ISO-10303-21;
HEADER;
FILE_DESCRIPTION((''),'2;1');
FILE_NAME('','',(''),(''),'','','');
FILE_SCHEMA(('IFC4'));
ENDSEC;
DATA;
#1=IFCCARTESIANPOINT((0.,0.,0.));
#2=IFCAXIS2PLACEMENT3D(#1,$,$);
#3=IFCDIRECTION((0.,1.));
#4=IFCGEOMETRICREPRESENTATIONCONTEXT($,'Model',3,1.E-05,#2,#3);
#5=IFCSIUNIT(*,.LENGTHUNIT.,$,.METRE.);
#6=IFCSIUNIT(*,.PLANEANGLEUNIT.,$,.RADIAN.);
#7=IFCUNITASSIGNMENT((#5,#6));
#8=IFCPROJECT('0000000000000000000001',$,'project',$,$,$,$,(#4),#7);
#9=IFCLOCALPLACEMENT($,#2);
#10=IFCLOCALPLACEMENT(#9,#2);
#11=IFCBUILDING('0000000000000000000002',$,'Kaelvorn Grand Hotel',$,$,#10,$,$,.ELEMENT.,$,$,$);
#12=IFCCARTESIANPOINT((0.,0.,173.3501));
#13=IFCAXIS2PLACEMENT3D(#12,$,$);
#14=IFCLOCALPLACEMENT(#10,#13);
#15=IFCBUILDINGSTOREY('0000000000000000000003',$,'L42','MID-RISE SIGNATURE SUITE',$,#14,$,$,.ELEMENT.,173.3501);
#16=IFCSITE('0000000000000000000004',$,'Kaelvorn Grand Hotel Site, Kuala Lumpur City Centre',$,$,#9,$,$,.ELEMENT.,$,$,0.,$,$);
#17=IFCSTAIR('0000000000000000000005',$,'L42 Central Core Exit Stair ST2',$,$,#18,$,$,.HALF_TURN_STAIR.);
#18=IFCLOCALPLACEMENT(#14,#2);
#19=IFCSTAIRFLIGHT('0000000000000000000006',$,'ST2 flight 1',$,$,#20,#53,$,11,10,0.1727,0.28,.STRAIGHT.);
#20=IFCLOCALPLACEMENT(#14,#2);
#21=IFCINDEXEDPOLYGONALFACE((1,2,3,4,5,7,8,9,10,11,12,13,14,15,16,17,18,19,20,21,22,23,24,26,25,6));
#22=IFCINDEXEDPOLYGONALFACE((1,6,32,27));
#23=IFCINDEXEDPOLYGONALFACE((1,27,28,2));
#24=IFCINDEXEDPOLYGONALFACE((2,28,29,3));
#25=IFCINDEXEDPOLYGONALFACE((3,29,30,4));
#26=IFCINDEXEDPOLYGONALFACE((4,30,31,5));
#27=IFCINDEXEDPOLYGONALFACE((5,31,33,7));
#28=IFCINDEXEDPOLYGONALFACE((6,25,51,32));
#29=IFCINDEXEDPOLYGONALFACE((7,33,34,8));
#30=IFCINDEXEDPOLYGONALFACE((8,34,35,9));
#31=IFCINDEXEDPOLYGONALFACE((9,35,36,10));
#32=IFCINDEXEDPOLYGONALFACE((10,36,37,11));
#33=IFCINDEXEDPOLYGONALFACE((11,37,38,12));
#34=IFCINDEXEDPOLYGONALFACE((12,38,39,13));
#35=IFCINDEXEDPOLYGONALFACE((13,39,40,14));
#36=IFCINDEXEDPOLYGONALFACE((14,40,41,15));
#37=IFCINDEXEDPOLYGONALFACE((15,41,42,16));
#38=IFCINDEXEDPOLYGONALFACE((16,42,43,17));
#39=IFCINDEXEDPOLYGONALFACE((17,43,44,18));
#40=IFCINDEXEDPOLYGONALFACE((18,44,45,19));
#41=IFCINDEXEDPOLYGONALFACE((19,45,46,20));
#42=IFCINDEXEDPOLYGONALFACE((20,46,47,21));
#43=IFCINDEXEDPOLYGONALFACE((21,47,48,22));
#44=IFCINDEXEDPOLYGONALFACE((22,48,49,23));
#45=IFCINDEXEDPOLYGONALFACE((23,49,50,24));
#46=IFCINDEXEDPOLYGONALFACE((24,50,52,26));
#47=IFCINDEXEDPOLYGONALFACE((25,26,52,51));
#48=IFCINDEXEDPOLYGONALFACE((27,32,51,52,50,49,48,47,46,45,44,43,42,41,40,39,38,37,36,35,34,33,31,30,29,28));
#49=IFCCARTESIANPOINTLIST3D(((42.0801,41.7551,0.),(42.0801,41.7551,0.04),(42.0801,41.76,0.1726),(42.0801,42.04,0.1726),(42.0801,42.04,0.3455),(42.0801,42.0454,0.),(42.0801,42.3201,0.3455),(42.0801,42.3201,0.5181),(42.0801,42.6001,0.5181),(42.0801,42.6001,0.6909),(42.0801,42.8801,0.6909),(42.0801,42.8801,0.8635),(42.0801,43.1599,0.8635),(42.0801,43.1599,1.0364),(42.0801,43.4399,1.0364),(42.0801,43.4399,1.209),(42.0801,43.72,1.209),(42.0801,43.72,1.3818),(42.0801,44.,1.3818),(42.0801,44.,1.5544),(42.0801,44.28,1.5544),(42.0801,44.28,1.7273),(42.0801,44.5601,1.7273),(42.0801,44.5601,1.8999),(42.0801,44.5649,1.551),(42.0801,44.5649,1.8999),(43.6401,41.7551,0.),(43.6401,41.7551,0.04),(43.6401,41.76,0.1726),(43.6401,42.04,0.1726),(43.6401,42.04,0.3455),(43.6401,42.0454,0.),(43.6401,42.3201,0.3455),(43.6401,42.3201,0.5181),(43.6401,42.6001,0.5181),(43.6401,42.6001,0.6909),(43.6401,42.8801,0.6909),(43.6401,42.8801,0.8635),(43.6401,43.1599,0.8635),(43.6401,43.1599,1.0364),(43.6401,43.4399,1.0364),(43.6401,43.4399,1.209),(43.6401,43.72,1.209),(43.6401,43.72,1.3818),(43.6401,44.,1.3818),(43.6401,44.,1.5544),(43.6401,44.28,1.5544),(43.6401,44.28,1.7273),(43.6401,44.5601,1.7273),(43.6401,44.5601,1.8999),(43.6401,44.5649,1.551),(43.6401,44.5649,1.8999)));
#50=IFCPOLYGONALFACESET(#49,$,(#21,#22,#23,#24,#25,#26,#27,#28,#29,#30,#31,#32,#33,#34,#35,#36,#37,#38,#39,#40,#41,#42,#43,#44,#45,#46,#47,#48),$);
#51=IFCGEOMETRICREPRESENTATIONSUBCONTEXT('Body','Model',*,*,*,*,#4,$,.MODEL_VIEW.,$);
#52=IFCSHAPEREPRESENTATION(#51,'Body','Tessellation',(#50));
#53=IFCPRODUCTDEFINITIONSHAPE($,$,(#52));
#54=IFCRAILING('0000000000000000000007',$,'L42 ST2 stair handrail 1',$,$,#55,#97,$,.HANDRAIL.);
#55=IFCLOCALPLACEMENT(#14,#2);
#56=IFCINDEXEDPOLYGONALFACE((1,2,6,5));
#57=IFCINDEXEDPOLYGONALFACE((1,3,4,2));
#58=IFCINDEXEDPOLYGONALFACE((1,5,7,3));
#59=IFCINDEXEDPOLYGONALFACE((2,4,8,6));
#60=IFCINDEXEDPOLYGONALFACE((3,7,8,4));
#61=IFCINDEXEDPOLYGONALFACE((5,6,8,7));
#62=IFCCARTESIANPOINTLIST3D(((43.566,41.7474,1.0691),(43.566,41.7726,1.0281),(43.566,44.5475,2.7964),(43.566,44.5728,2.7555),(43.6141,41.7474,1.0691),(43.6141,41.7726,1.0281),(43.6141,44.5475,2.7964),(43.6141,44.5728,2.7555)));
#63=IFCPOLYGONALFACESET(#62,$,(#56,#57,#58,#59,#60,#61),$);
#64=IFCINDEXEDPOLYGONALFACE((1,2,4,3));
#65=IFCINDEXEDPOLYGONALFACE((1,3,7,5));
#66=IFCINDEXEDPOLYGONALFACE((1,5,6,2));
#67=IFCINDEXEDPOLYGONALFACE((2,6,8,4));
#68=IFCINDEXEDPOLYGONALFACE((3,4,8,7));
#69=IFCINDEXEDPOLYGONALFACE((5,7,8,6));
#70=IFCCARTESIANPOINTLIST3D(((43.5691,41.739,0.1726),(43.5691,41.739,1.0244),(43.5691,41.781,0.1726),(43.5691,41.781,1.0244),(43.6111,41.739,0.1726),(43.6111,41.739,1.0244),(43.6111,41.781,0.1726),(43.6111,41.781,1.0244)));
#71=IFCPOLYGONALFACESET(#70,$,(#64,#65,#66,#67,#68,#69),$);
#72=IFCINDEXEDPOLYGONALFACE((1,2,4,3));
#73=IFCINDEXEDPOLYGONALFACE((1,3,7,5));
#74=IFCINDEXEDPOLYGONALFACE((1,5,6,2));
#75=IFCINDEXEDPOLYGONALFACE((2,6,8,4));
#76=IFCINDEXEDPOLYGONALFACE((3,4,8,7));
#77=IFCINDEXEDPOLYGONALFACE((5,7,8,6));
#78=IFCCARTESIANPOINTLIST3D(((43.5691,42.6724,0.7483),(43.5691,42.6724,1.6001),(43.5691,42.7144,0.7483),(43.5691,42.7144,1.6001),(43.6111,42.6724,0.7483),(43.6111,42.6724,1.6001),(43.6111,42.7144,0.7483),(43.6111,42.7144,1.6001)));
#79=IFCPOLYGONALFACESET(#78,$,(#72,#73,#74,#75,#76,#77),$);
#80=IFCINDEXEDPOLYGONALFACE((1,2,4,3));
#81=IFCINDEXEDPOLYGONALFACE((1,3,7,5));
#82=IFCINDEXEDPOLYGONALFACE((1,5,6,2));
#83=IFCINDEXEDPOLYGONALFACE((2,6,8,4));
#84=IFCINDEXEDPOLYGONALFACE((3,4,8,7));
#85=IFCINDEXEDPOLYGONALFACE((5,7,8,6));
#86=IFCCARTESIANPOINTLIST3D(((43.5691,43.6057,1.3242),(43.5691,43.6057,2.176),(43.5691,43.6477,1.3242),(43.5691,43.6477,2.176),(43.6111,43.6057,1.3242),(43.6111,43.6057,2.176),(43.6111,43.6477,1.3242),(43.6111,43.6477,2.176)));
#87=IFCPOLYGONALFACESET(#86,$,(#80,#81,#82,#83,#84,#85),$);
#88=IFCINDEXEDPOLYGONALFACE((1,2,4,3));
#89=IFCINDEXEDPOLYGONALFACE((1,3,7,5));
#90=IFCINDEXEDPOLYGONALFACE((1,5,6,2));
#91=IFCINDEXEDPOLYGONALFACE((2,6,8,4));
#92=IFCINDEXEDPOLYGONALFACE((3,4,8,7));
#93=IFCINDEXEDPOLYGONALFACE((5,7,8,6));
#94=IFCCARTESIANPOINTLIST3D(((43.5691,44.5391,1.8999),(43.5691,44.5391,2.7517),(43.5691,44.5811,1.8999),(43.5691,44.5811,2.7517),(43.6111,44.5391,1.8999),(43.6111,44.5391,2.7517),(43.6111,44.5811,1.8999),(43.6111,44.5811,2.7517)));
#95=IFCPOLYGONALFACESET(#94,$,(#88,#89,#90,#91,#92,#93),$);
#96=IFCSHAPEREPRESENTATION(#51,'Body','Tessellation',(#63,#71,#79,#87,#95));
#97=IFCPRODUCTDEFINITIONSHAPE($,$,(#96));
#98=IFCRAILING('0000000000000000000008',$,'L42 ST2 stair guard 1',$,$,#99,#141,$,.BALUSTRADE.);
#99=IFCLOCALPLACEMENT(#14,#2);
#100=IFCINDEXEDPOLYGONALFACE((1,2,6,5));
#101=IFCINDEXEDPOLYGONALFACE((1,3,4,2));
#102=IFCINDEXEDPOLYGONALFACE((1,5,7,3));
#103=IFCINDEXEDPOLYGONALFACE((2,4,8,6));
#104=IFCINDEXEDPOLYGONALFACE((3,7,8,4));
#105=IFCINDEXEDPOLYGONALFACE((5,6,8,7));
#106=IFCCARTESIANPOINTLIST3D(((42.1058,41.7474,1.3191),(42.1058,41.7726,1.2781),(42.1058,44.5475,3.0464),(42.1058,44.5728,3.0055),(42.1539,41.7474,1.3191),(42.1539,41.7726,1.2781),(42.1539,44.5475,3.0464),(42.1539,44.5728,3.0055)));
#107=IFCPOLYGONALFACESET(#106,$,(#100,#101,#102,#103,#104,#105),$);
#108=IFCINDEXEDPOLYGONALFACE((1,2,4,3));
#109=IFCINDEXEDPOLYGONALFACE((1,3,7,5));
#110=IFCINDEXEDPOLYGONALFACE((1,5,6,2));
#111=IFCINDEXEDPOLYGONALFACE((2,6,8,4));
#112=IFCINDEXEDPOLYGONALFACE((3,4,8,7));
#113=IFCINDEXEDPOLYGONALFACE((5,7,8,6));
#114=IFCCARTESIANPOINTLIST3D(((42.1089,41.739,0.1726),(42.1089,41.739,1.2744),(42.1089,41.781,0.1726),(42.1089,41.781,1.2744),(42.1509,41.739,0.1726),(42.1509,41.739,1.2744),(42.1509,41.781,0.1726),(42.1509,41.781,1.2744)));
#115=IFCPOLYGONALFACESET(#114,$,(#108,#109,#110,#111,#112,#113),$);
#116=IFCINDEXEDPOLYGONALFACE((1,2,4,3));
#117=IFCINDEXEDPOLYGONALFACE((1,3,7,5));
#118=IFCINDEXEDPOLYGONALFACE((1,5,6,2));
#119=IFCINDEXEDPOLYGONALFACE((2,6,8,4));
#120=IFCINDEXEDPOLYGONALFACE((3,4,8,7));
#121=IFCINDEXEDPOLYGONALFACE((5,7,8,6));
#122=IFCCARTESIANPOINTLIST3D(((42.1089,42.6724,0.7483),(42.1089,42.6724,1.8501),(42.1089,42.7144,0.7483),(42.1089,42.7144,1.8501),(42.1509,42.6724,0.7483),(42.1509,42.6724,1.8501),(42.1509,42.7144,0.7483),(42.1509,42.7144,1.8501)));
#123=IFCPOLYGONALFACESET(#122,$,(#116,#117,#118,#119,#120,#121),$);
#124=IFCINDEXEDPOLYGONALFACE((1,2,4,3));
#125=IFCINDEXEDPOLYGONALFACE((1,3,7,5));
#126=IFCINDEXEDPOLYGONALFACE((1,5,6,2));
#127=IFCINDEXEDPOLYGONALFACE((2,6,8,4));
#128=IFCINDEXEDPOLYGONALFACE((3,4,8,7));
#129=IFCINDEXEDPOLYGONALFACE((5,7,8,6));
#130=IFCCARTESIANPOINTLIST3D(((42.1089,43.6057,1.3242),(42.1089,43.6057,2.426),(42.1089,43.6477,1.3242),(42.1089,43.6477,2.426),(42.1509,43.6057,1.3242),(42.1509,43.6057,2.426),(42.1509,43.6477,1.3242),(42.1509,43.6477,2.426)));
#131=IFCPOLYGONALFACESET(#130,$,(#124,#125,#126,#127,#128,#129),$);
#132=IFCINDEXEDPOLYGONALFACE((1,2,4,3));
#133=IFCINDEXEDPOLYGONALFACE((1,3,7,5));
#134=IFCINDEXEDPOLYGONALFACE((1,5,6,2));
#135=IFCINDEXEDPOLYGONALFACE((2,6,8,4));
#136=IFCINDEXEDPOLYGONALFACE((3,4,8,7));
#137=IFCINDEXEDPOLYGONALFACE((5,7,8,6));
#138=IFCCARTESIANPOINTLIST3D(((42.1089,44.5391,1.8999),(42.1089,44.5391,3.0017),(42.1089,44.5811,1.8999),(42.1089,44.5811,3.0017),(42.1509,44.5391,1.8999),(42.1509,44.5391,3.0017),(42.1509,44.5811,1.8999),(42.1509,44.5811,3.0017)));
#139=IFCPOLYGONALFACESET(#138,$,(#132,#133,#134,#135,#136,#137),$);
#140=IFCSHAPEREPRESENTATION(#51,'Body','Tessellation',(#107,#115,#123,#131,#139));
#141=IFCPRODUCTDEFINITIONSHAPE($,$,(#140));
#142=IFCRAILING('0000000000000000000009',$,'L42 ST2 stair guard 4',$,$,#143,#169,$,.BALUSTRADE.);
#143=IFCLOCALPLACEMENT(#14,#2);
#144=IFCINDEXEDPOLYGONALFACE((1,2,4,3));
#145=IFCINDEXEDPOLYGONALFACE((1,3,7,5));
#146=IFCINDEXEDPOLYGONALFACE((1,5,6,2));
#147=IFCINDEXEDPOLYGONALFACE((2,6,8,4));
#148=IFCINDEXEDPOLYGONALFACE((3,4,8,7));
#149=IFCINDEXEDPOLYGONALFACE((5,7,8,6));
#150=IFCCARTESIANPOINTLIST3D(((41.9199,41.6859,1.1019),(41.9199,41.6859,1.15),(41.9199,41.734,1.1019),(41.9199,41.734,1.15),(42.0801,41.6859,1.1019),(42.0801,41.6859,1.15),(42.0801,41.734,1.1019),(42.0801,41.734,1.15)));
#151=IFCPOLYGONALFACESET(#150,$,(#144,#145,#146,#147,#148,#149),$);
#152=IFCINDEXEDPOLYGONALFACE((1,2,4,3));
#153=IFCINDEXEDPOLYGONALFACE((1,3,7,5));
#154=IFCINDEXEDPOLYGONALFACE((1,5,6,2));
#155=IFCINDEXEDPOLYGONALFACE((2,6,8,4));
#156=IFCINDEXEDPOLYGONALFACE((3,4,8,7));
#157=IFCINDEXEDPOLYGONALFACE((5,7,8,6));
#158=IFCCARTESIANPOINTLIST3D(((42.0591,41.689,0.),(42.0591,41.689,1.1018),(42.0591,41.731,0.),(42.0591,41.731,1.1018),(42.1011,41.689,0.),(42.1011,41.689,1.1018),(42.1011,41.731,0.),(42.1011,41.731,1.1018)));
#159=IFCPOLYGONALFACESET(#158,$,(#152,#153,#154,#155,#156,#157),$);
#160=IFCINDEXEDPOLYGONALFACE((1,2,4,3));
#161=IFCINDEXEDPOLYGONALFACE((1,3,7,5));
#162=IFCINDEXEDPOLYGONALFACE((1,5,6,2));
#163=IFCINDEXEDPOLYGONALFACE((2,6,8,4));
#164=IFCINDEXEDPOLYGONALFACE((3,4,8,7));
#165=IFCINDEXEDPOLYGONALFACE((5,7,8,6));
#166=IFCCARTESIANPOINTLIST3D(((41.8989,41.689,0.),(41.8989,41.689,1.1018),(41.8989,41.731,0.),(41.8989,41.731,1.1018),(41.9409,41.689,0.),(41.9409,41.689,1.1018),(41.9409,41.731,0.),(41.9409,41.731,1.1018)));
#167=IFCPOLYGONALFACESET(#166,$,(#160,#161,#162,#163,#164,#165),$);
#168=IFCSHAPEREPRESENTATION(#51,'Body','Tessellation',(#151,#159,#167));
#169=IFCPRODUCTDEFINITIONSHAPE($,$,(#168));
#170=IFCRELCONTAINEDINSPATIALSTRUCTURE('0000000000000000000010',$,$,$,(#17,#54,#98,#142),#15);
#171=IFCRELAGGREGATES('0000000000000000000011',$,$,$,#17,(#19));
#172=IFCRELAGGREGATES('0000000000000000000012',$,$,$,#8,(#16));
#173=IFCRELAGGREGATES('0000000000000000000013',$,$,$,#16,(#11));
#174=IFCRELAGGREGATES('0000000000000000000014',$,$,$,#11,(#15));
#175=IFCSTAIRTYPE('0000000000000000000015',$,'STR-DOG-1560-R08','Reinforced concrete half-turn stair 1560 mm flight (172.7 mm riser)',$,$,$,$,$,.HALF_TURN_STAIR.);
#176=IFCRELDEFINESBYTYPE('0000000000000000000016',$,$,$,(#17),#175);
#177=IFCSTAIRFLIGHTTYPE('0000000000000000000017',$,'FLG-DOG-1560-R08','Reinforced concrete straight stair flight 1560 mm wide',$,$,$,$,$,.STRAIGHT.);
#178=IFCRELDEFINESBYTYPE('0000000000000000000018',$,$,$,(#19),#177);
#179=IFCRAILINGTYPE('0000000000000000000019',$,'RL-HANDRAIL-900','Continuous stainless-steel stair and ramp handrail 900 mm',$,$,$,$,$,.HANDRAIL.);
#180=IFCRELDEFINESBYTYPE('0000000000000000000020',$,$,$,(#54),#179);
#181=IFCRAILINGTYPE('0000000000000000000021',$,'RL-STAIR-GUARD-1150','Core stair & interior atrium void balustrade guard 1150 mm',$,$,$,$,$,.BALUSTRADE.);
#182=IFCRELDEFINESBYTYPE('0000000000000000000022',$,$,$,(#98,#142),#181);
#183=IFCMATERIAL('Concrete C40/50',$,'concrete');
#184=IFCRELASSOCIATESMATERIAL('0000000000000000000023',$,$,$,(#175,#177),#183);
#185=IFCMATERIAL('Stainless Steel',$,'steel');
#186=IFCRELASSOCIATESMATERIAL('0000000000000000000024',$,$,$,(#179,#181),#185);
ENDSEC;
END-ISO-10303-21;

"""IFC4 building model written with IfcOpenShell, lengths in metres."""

from ifc_helpers import new_model, si_unit, direction, frame, origin, origin_2d, place, context, subcontext, project, spatial, polyline, rectangle, outline, extrude, material, type_object, element, aggregate, save


model = new_model("IFC4")

# Units and contexts
model_context = context("Model", 3, precision=1e-05, world=origin(), true_north=direction((0.0, 1.0)))
body_context = subcontext(model_context, "Body", "Model", "MODEL_VIEW")
ifc_project = project(units=[si_unit("LENGTHUNIT", "METRE"), si_unit("PLANEANGLEUNIT", "RADIAN")], contexts=[model_context])

# Site, building, storey
site_placement = place(None, origin())
site = spatial("IfcSite", under=ifc_project, at=site_placement, Name="Kaelvorn Grand Hotel Site, Kuala Lumpur City Centre", CompositionType="ELEMENT", RefElevation=0.0)
building_placement = place(site_placement, origin())
building = spatial("IfcBuilding", under=site, at=building_placement, Name="Kaelvorn Grand Hotel", CompositionType="ELEMENT")
storey_placement = place(building_placement, frame((0.0, 0.0, 173.3501)))
storey = spatial("IfcBuildingStorey", under=building, at=storey_placement, Name="L42", Description="MID-RISE SIGNATURE SUITE", CompositionType="ELEMENT", Elevation=173.3501)

# Shared definitions
ifc_material_1 = material(Name="Concrete C40/50", Category="concrete")

# Shared definitions
ifc_material_2 = material(Name="Stainless Steel", Category="steel")

# Stair, stair flight
stair_type = type_object("IfcStairType", Name="STR-DOG-1560-R08", Description="Reinforced concrete half-turn stair 1560 mm flight (172.7 mm riser)", PredefinedType="HALF_TURN_STAIR", material=ifc_material_1)
stair_placement = place(storey_placement, origin())
stair = element("IfcStair", 1, at=stair_placement, inside=storey, type_object=stair_type, Name="L42 Central Core Exit Stair ST2", PredefinedType="HALF_TURN_STAIR")
stair_flight_type = type_object("IfcStairFlightType", Name="FLG-DOG-1560-R08", Description="Reinforced concrete straight stair flight 1560 mm wide", PredefinedType="STRAIGHT", material=ifc_material_1)
stair_flight_placement = place(storey_placement, frame((42.8601, 41.76, 0.0), z_axis=(0.0, 0.0, 1.0), x_axis=(0.0, 1.0, 0.0)))
stair_flight = element("IfcStairFlight", 2, at=stair_flight_placement, type_object=stair_flight_type, Name="ST2 flight 1", NumberOfRisers=11, NumberOfTreads=10, PredefinedType="STRAIGHT", RiserHeight=0.1727, TreadLength=0.28, context=body_context, shape_type="SweptSolid", body=[
    extrude(outline(polyline([(-0.0049, 0.0), (-0.0049, 0.04), (0.0, 0.1726), (0.28, 0.1726), (0.28, 0.3455), (0.5601, 0.3455), (0.5601, 0.5181), (0.8401, 0.5181), (0.8401, 0.6909), (1.1201, 0.6909), (1.1201, 0.8635), (1.3999, 0.8635), (1.3999, 1.0364), (1.6799, 1.0364), (1.6799, 1.209), (1.96, 1.209), (1.96, 1.3818), (2.24, 1.3818), (2.24, 1.5544), (2.52, 1.5544), (2.52, 1.7273), (2.8, 1.7273), (2.8, 1.8999), (2.8049, 1.8999), (2.8049, 1.551), (0.2854, 0.0), (-0.0049, 0.0)])), frame((0.0, 0.78, 0.0), z_axis=(0.0, -1.0, 0.0), x_axis=(1.0, 0.0, 0.0)), (0.0, 0.0, 1.0), 1.5601),
])
aggregate(stair, [stair_flight])

# Railings
railing_type_1 = type_object("IfcRailingType", Name="RL-HANDRAIL-900", Description="Continuous stainless-steel stair and ramp handrail 900 mm", PredefinedType="HANDRAIL", material=ifc_material_2)
railing_1_placement = place(storey_placement, frame((43.5901, 41.76, 0.1726)))
element("IfcRailing", 3, at=railing_1_placement, inside=storey, type_object=railing_type_1, Name="L42 ST2 stair handrail 1", PredefinedType="HANDRAIL", context=body_context, shape_type="SweptSolid", body=[
    extrude(rectangle(XDim=0.0481, YDim=0.0481, at=origin_2d()), frame((0.0, 0.0, 0.876), z_axis=(0.0, 0.85109, 0.52502), x_axis=(-1.0, 0.0, 0.0)), (0.0, 0.0, 1.0), 3.29),
    extrude(rectangle(XDim=0.042, YDim=0.042, at=origin_2d()), origin(), (0.0, 0.0, 1.0), 0.8518),
    extrude(rectangle(XDim=0.042, YDim=0.042, at=origin_2d()), frame((0.0, 0.9333, 0.5757)), (0.0, 0.0, 1.0), 0.8518),
    extrude(rectangle(XDim=0.042, YDim=0.042, at=origin_2d()), frame((0.0, 1.8667, 1.1516)), (0.0, 0.0, 1.0), 0.8518),
    extrude(rectangle(XDim=0.042, YDim=0.042, at=origin_2d()), frame((0.0, 2.8, 1.7273)), (0.0, 0.0, 1.0), 0.8518),
])
railing_type_2 = type_object("IfcRailingType", Name="RL-STAIR-GUARD-1150", Description="Core stair & interior atrium void balustrade guard 1150 mm", PredefinedType="BALUSTRADE", material=ifc_material_2)
railing_2_placement = place(storey_placement, frame((42.1299, 41.76, 0.1726)))
element("IfcRailing", 4, at=railing_2_placement, inside=storey, type_object=railing_type_2, Name="L42 ST2 stair guard 1", PredefinedType="BALUSTRADE", context=body_context, shape_type="SweptSolid", body=[
    extrude(rectangle(XDim=0.0481, YDim=0.0481, at=origin_2d()), frame((0.0, 0.0, 1.126), z_axis=(0.0, 0.85109, 0.52502), x_axis=(-1.0, 0.0, 0.0)), (0.0, 0.0, 1.0), 3.29),
    extrude(rectangle(XDim=0.042, YDim=0.042, at=origin_2d()), origin(), (0.0, 0.0, 1.0), 1.1018),
    extrude(rectangle(XDim=0.042, YDim=0.042, at=origin_2d()), frame((0.0, 0.9333, 0.5757)), (0.0, 0.0, 1.0), 1.1018),
    extrude(rectangle(XDim=0.042, YDim=0.042, at=origin_2d()), frame((0.0, 1.8667, 1.1516)), (0.0, 0.0, 1.0), 1.1018),
    extrude(rectangle(XDim=0.042, YDim=0.042, at=origin_2d()), frame((0.0, 2.8, 1.7273)), (0.0, 0.0, 1.0), 1.1018),
])
railing_3_placement = place(storey_placement, frame((42.0801, 41.71, 0.0)))
element("IfcRailing", 5, at=railing_3_placement, inside=storey, type_object=railing_type_2, Name="L42 ST2 stair guard 4", PredefinedType="BALUSTRADE", context=body_context, shape_type="SweptSolid", body=[
    extrude(rectangle(XDim=0.0481, YDim=0.0481, at=origin_2d()), frame((0.0, 0.0, 1.126), z_axis=(-1.0, 0.0, 0.0), x_axis=(0.0, -1.0, 0.0)), (0.0, 0.0, 1.0), 0.1602),
    extrude(rectangle(XDim=0.042, YDim=0.042, at=origin_2d()), origin(), (0.0, 0.0, 1.0), 1.1018),
    extrude(rectangle(XDim=0.042, YDim=0.042, at=origin_2d()), frame((-0.1602, 0.0, 0.0)), (0.0, 0.0, 1.0), 1.1018),
])

save(model, "model.ifc")
